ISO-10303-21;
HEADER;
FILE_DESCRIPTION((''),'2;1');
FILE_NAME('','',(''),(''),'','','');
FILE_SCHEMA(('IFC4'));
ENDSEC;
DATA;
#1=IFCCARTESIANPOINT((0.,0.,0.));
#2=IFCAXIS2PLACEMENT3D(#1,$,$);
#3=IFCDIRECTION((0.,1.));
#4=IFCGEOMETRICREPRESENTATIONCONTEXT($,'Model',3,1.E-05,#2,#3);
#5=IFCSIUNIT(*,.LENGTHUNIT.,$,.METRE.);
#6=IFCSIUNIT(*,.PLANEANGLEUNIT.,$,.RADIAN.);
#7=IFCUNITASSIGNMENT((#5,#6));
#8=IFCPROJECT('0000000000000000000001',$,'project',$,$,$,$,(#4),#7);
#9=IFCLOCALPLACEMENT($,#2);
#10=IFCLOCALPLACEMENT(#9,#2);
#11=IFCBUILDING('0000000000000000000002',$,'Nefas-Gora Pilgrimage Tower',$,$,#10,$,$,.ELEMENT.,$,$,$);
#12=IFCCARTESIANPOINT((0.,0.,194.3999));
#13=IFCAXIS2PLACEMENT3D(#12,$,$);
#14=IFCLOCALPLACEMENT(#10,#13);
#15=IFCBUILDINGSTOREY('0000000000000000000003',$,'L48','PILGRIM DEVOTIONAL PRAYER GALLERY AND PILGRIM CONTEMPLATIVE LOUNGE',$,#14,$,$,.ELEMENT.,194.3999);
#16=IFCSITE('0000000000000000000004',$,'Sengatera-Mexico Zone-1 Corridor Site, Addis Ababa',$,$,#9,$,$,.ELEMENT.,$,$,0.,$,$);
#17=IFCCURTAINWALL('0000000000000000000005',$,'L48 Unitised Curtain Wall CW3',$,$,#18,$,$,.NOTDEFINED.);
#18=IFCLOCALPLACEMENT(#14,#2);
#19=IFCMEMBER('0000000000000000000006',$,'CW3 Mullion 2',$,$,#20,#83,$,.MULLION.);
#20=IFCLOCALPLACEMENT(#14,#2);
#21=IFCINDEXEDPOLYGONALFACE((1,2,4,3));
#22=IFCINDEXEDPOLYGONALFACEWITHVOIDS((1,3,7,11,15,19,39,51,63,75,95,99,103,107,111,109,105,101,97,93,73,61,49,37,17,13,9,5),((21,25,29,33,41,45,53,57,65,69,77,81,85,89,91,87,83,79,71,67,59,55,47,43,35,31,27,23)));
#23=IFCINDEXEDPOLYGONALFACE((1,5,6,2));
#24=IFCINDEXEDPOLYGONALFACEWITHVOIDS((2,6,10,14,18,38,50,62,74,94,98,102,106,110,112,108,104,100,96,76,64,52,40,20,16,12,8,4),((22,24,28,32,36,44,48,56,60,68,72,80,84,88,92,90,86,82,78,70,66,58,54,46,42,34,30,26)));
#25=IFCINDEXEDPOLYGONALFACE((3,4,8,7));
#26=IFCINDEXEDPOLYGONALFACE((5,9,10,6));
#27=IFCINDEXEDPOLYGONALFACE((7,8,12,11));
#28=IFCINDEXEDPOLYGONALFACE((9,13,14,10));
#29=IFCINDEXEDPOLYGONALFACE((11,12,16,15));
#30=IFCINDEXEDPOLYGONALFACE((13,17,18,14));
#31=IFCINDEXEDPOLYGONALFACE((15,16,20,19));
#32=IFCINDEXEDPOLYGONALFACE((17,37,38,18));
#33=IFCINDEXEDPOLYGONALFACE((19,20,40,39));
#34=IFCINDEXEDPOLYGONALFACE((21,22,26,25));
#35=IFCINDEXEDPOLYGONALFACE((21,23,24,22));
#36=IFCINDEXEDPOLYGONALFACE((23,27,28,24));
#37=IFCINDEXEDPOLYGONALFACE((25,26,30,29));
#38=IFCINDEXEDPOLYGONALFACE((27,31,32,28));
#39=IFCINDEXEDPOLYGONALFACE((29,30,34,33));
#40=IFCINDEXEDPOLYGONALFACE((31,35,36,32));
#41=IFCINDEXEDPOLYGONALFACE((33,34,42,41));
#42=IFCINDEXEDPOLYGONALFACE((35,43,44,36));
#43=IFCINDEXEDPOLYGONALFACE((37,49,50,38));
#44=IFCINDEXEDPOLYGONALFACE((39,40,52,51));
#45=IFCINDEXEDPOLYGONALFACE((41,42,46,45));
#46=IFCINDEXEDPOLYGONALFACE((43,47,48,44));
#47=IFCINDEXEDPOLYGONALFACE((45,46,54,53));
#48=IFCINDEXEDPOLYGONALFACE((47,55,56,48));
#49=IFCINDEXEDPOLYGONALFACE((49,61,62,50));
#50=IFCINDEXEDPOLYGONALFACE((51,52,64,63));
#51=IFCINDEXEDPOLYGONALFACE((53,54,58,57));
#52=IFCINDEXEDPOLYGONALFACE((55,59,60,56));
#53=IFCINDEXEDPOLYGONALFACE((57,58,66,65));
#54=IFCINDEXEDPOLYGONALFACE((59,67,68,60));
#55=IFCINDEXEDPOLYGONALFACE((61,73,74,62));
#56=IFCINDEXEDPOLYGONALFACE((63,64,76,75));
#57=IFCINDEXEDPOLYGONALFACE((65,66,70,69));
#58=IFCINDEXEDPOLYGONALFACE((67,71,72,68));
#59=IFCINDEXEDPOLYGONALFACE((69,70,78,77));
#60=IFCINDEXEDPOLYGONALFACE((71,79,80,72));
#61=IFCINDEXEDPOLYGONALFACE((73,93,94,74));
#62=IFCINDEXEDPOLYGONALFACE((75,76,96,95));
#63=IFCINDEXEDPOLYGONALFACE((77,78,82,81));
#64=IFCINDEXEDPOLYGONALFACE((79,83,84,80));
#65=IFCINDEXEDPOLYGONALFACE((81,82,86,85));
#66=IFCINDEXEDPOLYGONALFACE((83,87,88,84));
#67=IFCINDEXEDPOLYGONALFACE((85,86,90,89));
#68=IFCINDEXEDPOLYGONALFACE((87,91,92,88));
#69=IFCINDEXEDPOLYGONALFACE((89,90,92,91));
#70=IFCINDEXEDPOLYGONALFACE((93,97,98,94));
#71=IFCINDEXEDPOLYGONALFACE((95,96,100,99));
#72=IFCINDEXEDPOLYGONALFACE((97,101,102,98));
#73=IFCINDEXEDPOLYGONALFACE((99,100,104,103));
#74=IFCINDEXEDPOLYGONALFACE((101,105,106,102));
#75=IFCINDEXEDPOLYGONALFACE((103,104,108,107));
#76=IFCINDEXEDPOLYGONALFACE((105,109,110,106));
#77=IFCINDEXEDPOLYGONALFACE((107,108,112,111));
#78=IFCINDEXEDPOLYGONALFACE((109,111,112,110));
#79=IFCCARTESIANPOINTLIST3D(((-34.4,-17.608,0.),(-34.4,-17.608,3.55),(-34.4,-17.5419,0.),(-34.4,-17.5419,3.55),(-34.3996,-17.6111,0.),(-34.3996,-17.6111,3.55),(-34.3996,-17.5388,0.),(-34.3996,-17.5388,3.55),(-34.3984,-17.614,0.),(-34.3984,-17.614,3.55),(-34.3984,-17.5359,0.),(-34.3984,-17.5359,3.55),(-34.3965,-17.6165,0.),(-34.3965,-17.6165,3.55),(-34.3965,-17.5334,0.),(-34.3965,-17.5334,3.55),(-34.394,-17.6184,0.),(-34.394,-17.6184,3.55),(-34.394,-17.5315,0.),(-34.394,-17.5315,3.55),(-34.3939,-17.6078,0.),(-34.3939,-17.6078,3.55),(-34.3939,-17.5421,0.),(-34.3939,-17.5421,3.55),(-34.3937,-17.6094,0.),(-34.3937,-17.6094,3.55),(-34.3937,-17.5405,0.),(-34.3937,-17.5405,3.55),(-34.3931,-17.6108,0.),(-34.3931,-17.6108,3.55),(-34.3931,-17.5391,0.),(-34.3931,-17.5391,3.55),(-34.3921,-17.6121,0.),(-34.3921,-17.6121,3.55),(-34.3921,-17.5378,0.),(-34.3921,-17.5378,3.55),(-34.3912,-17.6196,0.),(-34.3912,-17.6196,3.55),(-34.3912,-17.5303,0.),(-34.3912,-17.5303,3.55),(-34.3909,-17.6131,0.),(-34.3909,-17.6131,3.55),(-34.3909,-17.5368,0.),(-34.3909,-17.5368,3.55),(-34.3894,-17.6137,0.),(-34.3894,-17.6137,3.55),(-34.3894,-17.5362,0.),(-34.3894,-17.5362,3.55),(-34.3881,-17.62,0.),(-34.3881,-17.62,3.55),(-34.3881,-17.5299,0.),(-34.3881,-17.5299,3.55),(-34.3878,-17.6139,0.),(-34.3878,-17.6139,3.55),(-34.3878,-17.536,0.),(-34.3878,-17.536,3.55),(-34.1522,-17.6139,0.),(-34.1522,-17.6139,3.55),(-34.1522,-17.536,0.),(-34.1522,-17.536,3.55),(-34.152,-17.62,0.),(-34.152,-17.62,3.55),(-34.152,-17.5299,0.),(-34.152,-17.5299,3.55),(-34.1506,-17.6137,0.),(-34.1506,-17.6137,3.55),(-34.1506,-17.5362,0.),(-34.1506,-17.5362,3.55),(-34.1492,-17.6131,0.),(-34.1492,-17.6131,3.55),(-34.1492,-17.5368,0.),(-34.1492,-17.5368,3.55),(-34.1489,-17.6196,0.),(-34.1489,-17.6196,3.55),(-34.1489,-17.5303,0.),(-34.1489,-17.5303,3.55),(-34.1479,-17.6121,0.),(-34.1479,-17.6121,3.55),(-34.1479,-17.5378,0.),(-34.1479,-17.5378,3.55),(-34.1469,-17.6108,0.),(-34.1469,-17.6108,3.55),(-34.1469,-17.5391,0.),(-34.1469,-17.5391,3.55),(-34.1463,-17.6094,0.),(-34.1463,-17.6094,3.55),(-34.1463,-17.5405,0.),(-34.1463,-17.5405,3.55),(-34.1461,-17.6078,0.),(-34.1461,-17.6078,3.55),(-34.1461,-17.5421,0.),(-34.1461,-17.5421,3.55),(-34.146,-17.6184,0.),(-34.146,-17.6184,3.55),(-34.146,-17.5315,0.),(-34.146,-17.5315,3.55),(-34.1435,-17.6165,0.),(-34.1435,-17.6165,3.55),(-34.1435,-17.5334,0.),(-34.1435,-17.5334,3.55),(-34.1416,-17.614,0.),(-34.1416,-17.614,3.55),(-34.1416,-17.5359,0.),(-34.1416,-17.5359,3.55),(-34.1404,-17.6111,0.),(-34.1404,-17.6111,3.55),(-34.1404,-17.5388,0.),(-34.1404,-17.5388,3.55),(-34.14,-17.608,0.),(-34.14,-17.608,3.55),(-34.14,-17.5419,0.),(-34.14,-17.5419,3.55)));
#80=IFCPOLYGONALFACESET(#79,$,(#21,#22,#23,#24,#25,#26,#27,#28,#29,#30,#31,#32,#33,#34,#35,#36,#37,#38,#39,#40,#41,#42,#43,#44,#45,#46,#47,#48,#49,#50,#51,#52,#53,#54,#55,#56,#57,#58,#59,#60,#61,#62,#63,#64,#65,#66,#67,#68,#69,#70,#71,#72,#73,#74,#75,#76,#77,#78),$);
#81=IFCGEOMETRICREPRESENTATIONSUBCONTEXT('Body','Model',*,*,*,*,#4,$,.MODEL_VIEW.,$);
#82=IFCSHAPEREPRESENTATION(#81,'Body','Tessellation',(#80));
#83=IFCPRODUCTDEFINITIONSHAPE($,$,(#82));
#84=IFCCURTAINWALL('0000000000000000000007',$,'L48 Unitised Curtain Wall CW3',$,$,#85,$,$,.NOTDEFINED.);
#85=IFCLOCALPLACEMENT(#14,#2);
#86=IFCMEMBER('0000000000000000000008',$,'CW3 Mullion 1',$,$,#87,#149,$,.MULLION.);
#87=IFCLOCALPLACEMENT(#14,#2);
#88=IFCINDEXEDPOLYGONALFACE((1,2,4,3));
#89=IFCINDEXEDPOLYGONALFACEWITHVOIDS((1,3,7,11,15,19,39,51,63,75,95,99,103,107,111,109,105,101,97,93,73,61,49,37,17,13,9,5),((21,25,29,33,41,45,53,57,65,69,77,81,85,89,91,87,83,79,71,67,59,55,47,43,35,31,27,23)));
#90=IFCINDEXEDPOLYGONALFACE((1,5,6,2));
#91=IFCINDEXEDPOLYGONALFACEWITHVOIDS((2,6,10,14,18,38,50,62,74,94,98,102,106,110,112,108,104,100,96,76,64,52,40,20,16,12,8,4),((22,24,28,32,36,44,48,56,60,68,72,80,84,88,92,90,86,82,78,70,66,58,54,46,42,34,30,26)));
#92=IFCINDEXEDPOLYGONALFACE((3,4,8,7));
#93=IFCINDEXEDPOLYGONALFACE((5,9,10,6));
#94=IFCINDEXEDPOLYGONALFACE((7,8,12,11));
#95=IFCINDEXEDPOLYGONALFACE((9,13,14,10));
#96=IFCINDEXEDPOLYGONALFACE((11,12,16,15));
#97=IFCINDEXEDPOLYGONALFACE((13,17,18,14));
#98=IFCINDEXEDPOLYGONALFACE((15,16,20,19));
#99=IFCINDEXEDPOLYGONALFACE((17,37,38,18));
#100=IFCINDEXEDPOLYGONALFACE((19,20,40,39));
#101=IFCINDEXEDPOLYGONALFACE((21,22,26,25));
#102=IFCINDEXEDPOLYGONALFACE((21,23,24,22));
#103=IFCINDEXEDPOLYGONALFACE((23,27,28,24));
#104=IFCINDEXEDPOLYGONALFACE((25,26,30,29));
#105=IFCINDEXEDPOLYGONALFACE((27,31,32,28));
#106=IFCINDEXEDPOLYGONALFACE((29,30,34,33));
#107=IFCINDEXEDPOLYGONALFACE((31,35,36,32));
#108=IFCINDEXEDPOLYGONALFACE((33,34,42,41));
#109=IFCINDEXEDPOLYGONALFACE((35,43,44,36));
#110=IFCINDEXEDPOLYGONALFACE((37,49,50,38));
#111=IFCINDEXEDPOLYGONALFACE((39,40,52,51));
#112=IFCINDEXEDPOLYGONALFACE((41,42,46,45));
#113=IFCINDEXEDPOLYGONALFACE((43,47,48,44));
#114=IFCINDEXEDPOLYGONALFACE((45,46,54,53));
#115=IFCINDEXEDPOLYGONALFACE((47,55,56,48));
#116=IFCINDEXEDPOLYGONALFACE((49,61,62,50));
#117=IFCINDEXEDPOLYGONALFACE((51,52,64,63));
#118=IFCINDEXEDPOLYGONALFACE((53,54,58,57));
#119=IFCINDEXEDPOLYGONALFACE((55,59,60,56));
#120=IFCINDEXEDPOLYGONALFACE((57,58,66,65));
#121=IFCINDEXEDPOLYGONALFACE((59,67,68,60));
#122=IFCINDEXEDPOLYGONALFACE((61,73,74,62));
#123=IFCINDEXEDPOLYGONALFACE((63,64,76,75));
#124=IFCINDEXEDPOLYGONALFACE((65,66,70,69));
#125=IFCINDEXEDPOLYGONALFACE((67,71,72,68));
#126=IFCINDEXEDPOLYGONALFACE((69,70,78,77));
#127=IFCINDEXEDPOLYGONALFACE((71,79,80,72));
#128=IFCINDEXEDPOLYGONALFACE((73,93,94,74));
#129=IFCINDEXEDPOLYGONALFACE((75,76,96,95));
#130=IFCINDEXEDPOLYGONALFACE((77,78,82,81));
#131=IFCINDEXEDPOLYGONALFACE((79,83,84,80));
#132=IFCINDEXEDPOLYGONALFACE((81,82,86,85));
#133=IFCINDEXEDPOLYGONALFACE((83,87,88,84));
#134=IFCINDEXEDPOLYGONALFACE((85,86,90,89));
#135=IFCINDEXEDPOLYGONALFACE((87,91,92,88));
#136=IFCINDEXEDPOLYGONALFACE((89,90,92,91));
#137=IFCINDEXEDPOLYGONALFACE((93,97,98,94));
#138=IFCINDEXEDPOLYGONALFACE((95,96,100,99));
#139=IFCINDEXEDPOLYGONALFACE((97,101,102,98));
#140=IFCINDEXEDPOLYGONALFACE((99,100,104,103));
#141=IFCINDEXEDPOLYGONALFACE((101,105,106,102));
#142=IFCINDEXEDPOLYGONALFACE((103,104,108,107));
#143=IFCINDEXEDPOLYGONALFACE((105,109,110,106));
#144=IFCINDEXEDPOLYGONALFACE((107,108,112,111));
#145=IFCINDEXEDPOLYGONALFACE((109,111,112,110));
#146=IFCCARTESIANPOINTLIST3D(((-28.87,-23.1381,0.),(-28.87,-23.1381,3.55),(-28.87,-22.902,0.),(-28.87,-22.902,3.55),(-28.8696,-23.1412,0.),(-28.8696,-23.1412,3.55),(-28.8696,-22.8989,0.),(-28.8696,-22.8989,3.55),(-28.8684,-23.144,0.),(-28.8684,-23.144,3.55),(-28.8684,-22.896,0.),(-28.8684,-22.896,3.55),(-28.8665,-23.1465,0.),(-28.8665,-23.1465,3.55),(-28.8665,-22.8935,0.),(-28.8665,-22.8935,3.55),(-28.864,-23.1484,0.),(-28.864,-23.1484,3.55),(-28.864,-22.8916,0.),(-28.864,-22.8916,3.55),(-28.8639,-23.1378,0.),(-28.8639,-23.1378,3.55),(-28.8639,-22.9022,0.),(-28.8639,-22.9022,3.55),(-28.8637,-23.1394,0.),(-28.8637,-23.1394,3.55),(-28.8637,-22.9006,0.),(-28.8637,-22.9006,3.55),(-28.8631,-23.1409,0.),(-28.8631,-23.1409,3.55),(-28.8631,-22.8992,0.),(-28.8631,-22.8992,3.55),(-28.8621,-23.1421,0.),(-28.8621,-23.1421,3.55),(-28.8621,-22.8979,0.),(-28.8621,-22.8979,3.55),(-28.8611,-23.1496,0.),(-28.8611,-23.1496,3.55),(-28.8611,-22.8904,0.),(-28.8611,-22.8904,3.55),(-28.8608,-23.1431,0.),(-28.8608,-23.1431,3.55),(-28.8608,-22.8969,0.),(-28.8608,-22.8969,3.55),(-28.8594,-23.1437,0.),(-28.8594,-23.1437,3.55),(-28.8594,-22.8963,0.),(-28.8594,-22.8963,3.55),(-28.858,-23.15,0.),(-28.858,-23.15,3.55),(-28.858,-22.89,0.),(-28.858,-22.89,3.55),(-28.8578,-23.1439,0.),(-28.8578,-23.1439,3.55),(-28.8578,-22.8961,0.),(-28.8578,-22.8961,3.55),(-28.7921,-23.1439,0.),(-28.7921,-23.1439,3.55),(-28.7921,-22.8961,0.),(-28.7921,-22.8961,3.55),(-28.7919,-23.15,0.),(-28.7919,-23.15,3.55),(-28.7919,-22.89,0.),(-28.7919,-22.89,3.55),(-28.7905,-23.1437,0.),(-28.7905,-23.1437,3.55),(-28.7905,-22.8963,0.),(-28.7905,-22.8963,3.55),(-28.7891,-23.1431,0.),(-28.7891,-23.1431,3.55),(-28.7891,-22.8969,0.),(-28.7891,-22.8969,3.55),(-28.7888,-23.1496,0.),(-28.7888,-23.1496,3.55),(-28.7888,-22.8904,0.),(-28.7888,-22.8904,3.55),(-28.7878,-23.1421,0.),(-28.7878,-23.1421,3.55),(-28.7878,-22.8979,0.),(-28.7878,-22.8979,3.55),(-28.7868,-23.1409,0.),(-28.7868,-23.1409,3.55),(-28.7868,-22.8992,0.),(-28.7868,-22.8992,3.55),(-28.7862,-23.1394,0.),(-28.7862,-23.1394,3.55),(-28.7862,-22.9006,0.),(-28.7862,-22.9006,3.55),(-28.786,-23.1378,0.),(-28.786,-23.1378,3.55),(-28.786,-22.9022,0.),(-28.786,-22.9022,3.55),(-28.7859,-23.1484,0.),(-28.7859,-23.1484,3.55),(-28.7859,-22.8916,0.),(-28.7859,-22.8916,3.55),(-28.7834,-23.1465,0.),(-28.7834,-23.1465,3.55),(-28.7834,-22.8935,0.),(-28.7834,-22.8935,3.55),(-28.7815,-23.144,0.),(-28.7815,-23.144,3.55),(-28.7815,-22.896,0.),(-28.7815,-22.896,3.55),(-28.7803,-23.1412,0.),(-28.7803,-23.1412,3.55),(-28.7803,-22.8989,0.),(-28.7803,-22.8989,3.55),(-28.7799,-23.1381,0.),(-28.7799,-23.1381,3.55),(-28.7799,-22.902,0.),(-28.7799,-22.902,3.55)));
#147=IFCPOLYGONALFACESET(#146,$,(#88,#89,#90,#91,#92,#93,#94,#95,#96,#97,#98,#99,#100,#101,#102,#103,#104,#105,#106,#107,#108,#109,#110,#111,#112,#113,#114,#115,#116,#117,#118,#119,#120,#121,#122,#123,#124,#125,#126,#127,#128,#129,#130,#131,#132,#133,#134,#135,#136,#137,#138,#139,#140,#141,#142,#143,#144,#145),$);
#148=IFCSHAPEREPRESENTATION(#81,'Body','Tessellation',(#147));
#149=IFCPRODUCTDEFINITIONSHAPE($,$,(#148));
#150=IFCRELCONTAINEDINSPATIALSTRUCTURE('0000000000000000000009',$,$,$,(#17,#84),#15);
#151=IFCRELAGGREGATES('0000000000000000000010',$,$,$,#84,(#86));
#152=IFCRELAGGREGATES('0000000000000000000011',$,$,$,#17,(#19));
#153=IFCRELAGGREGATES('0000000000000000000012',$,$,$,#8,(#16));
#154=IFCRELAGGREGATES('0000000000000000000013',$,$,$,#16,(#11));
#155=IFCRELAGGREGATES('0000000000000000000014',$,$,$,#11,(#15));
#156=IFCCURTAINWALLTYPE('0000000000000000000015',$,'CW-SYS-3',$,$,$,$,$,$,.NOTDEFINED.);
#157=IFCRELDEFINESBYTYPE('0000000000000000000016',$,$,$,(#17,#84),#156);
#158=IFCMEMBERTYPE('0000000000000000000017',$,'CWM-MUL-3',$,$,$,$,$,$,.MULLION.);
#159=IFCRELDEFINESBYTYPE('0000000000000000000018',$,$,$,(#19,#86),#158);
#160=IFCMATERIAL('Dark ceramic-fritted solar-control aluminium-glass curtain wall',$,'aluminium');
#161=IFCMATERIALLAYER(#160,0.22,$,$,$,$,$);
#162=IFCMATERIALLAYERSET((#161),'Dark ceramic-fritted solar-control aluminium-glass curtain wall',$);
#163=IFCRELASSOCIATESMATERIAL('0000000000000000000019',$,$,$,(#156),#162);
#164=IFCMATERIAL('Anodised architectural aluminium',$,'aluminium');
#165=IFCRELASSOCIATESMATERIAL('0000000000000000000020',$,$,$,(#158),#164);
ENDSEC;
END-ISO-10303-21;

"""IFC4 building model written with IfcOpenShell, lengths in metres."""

from ifc_helpers import new_model, si_unit, direction, frame, origin, origin_2d, place, context, subcontext, project, spatial, hollow_rectangle, extrude, source, transform, mapped, material, layer, layer_set, material_profile, profile_set, type_object, element, aggregate, save


model = new_model("IFC4")

# Units and contexts
model_context = context("Model", 3, precision=1e-05, world=origin(), true_north=direction((0.0, 1.0)))
body_context = subcontext(model_context, "Body", "Model", "MODEL_VIEW")
ifc_project = project(units=[si_unit("LENGTHUNIT", "METRE"), si_unit("PLANEANGLEUNIT", "RADIAN")], contexts=[model_context])

# Site, building, storey
site_placement = place(None, origin())
site = spatial("IfcSite", under=ifc_project, at=site_placement, Name="Sengatera-Mexico Zone-1 Corridor Site, Addis Ababa", CompositionType="ELEMENT", RefElevation=0.0)
building_placement = place(site_placement, origin())
building = spatial("IfcBuilding", under=site, at=building_placement, Name="Nefas-Gora Pilgrimage Tower", CompositionType="ELEMENT")
storey_placement = place(building_placement, frame((0.0, 0.0, 194.3999)))
storey = spatial("IfcBuildingStorey", under=building, at=storey_placement, Name="L48", Description="PILGRIM DEVOTIONAL PRAYER GALLERY AND PILGRIM CONTEMPLATIVE LOUNGE", CompositionType="ELEMENT", Elevation=194.3999)

# Shared definitions
ifc_material_1 = material(Name="Dark ceramic-fritted solar-control aluminium-glass curtain wall", Category="aluminium")
ifc_layer_1 = layer(ifc_material_1, 0.22)
ifc_layer_set_1 = layer_set([ifc_layer_1], Name="Dark ceramic-fritted solar-control aluminium-glass curtain wall")
curtain_wall_type = type_object("IfcCurtainWallType", Name="CW-SYS-3", PredefinedType="NOTDEFINED", material=ifc_layer_set_1)
ifc_material_2 = material(Name="Anodised architectural aluminium", Category="aluminium")
ifc_material_profile_1 = material_profile(ifc_material_2, hollow_rectangle(XDim=0.0901, YDim=0.26, WallThickness=0.0061, InnerFilletRadius=0.0061, OuterFilletRadius=0.012, at=origin_2d()), Name="ALU MULLION 90x260")
ifc_profile_set_1 = profile_set([ifc_material_profile_1], Name="Anodised architectural aluminium")
member_type_1 = type_object("IfcMemberType", Name="CWM-MUL-3", PredefinedType="MULLION", material=ifc_profile_set_1)
shared_shape_1 = source(origin(), body_context, "Body", "SweptSolid", [
    extrude(hollow_rectangle(XDim=0.0901, YDim=0.26, WallThickness=0.0061, InnerFilletRadius=0.0061, OuterFilletRadius=0.012, at=origin_2d()), origin(), (0.0, 0.0, 1.0), 3.55),
])

# Curtain wall, member
curtain_wall_1_placement = place(storey_placement, origin())
curtain_wall_1 = element("IfcCurtainWall", 1, at=curtain_wall_1_placement, inside=storey, type_object=curtain_wall_type, Name="L48 Unitised Curtain Wall CW3", PredefinedType="NOTDEFINED")
member_1_placement = place(storey_placement, frame((-34.27, -17.575, 0.0), z_axis=(0.0, 0.0, 1.0), x_axis=(0.0, -1.0, 0.0)))
member_1 = element("IfcMember", 2, at=member_1_placement, type_object=member_type_1, Name="CW3 Mullion 2", PredefinedType="MULLION", context=body_context, shape_type="MappedRepresentation", body=[
    mapped(shared_shape_1, transform((0.0, 0.0, 0.0), x_axis=(1.0, 0.0, 0.0), y_axis=(0.0, 1.0, 0.0), z_axis=(0.0, 0.0, 1.0), scale=1.0)),
])

# Curtain wall, member
curtain_wall_2_placement = place(storey_placement, origin())
curtain_wall_2 = element("IfcCurtainWall", 3, at=curtain_wall_2_placement, inside=storey, type_object=curtain_wall_type, Name="L48 Unitised Curtain Wall CW3", PredefinedType="NOTDEFINED")
member_2_placement = place(storey_placement, frame((-28.825, -23.02, 0.0), z_axis=(0.0, 0.0, 1.0), x_axis=(1.0, 0.0, 0.0)))
member_2 = element("IfcMember", 4, at=member_2_placement, type_object=member_type_1, Name="CW3 Mullion 1", PredefinedType="MULLION", context=body_context, shape_type="MappedRepresentation", body=[
    mapped(shared_shape_1, transform((0.0, 0.0, 0.0), x_axis=(1.0, 0.0, 0.0), y_axis=(0.0, 1.0, 0.0), z_axis=(0.0, 0.0, 1.0), scale=1.0)),
])

aggregate(curtain_wall_2, [member_2])

aggregate(curtain_wall_1, [member_1])

save(model, "model.ifc")
